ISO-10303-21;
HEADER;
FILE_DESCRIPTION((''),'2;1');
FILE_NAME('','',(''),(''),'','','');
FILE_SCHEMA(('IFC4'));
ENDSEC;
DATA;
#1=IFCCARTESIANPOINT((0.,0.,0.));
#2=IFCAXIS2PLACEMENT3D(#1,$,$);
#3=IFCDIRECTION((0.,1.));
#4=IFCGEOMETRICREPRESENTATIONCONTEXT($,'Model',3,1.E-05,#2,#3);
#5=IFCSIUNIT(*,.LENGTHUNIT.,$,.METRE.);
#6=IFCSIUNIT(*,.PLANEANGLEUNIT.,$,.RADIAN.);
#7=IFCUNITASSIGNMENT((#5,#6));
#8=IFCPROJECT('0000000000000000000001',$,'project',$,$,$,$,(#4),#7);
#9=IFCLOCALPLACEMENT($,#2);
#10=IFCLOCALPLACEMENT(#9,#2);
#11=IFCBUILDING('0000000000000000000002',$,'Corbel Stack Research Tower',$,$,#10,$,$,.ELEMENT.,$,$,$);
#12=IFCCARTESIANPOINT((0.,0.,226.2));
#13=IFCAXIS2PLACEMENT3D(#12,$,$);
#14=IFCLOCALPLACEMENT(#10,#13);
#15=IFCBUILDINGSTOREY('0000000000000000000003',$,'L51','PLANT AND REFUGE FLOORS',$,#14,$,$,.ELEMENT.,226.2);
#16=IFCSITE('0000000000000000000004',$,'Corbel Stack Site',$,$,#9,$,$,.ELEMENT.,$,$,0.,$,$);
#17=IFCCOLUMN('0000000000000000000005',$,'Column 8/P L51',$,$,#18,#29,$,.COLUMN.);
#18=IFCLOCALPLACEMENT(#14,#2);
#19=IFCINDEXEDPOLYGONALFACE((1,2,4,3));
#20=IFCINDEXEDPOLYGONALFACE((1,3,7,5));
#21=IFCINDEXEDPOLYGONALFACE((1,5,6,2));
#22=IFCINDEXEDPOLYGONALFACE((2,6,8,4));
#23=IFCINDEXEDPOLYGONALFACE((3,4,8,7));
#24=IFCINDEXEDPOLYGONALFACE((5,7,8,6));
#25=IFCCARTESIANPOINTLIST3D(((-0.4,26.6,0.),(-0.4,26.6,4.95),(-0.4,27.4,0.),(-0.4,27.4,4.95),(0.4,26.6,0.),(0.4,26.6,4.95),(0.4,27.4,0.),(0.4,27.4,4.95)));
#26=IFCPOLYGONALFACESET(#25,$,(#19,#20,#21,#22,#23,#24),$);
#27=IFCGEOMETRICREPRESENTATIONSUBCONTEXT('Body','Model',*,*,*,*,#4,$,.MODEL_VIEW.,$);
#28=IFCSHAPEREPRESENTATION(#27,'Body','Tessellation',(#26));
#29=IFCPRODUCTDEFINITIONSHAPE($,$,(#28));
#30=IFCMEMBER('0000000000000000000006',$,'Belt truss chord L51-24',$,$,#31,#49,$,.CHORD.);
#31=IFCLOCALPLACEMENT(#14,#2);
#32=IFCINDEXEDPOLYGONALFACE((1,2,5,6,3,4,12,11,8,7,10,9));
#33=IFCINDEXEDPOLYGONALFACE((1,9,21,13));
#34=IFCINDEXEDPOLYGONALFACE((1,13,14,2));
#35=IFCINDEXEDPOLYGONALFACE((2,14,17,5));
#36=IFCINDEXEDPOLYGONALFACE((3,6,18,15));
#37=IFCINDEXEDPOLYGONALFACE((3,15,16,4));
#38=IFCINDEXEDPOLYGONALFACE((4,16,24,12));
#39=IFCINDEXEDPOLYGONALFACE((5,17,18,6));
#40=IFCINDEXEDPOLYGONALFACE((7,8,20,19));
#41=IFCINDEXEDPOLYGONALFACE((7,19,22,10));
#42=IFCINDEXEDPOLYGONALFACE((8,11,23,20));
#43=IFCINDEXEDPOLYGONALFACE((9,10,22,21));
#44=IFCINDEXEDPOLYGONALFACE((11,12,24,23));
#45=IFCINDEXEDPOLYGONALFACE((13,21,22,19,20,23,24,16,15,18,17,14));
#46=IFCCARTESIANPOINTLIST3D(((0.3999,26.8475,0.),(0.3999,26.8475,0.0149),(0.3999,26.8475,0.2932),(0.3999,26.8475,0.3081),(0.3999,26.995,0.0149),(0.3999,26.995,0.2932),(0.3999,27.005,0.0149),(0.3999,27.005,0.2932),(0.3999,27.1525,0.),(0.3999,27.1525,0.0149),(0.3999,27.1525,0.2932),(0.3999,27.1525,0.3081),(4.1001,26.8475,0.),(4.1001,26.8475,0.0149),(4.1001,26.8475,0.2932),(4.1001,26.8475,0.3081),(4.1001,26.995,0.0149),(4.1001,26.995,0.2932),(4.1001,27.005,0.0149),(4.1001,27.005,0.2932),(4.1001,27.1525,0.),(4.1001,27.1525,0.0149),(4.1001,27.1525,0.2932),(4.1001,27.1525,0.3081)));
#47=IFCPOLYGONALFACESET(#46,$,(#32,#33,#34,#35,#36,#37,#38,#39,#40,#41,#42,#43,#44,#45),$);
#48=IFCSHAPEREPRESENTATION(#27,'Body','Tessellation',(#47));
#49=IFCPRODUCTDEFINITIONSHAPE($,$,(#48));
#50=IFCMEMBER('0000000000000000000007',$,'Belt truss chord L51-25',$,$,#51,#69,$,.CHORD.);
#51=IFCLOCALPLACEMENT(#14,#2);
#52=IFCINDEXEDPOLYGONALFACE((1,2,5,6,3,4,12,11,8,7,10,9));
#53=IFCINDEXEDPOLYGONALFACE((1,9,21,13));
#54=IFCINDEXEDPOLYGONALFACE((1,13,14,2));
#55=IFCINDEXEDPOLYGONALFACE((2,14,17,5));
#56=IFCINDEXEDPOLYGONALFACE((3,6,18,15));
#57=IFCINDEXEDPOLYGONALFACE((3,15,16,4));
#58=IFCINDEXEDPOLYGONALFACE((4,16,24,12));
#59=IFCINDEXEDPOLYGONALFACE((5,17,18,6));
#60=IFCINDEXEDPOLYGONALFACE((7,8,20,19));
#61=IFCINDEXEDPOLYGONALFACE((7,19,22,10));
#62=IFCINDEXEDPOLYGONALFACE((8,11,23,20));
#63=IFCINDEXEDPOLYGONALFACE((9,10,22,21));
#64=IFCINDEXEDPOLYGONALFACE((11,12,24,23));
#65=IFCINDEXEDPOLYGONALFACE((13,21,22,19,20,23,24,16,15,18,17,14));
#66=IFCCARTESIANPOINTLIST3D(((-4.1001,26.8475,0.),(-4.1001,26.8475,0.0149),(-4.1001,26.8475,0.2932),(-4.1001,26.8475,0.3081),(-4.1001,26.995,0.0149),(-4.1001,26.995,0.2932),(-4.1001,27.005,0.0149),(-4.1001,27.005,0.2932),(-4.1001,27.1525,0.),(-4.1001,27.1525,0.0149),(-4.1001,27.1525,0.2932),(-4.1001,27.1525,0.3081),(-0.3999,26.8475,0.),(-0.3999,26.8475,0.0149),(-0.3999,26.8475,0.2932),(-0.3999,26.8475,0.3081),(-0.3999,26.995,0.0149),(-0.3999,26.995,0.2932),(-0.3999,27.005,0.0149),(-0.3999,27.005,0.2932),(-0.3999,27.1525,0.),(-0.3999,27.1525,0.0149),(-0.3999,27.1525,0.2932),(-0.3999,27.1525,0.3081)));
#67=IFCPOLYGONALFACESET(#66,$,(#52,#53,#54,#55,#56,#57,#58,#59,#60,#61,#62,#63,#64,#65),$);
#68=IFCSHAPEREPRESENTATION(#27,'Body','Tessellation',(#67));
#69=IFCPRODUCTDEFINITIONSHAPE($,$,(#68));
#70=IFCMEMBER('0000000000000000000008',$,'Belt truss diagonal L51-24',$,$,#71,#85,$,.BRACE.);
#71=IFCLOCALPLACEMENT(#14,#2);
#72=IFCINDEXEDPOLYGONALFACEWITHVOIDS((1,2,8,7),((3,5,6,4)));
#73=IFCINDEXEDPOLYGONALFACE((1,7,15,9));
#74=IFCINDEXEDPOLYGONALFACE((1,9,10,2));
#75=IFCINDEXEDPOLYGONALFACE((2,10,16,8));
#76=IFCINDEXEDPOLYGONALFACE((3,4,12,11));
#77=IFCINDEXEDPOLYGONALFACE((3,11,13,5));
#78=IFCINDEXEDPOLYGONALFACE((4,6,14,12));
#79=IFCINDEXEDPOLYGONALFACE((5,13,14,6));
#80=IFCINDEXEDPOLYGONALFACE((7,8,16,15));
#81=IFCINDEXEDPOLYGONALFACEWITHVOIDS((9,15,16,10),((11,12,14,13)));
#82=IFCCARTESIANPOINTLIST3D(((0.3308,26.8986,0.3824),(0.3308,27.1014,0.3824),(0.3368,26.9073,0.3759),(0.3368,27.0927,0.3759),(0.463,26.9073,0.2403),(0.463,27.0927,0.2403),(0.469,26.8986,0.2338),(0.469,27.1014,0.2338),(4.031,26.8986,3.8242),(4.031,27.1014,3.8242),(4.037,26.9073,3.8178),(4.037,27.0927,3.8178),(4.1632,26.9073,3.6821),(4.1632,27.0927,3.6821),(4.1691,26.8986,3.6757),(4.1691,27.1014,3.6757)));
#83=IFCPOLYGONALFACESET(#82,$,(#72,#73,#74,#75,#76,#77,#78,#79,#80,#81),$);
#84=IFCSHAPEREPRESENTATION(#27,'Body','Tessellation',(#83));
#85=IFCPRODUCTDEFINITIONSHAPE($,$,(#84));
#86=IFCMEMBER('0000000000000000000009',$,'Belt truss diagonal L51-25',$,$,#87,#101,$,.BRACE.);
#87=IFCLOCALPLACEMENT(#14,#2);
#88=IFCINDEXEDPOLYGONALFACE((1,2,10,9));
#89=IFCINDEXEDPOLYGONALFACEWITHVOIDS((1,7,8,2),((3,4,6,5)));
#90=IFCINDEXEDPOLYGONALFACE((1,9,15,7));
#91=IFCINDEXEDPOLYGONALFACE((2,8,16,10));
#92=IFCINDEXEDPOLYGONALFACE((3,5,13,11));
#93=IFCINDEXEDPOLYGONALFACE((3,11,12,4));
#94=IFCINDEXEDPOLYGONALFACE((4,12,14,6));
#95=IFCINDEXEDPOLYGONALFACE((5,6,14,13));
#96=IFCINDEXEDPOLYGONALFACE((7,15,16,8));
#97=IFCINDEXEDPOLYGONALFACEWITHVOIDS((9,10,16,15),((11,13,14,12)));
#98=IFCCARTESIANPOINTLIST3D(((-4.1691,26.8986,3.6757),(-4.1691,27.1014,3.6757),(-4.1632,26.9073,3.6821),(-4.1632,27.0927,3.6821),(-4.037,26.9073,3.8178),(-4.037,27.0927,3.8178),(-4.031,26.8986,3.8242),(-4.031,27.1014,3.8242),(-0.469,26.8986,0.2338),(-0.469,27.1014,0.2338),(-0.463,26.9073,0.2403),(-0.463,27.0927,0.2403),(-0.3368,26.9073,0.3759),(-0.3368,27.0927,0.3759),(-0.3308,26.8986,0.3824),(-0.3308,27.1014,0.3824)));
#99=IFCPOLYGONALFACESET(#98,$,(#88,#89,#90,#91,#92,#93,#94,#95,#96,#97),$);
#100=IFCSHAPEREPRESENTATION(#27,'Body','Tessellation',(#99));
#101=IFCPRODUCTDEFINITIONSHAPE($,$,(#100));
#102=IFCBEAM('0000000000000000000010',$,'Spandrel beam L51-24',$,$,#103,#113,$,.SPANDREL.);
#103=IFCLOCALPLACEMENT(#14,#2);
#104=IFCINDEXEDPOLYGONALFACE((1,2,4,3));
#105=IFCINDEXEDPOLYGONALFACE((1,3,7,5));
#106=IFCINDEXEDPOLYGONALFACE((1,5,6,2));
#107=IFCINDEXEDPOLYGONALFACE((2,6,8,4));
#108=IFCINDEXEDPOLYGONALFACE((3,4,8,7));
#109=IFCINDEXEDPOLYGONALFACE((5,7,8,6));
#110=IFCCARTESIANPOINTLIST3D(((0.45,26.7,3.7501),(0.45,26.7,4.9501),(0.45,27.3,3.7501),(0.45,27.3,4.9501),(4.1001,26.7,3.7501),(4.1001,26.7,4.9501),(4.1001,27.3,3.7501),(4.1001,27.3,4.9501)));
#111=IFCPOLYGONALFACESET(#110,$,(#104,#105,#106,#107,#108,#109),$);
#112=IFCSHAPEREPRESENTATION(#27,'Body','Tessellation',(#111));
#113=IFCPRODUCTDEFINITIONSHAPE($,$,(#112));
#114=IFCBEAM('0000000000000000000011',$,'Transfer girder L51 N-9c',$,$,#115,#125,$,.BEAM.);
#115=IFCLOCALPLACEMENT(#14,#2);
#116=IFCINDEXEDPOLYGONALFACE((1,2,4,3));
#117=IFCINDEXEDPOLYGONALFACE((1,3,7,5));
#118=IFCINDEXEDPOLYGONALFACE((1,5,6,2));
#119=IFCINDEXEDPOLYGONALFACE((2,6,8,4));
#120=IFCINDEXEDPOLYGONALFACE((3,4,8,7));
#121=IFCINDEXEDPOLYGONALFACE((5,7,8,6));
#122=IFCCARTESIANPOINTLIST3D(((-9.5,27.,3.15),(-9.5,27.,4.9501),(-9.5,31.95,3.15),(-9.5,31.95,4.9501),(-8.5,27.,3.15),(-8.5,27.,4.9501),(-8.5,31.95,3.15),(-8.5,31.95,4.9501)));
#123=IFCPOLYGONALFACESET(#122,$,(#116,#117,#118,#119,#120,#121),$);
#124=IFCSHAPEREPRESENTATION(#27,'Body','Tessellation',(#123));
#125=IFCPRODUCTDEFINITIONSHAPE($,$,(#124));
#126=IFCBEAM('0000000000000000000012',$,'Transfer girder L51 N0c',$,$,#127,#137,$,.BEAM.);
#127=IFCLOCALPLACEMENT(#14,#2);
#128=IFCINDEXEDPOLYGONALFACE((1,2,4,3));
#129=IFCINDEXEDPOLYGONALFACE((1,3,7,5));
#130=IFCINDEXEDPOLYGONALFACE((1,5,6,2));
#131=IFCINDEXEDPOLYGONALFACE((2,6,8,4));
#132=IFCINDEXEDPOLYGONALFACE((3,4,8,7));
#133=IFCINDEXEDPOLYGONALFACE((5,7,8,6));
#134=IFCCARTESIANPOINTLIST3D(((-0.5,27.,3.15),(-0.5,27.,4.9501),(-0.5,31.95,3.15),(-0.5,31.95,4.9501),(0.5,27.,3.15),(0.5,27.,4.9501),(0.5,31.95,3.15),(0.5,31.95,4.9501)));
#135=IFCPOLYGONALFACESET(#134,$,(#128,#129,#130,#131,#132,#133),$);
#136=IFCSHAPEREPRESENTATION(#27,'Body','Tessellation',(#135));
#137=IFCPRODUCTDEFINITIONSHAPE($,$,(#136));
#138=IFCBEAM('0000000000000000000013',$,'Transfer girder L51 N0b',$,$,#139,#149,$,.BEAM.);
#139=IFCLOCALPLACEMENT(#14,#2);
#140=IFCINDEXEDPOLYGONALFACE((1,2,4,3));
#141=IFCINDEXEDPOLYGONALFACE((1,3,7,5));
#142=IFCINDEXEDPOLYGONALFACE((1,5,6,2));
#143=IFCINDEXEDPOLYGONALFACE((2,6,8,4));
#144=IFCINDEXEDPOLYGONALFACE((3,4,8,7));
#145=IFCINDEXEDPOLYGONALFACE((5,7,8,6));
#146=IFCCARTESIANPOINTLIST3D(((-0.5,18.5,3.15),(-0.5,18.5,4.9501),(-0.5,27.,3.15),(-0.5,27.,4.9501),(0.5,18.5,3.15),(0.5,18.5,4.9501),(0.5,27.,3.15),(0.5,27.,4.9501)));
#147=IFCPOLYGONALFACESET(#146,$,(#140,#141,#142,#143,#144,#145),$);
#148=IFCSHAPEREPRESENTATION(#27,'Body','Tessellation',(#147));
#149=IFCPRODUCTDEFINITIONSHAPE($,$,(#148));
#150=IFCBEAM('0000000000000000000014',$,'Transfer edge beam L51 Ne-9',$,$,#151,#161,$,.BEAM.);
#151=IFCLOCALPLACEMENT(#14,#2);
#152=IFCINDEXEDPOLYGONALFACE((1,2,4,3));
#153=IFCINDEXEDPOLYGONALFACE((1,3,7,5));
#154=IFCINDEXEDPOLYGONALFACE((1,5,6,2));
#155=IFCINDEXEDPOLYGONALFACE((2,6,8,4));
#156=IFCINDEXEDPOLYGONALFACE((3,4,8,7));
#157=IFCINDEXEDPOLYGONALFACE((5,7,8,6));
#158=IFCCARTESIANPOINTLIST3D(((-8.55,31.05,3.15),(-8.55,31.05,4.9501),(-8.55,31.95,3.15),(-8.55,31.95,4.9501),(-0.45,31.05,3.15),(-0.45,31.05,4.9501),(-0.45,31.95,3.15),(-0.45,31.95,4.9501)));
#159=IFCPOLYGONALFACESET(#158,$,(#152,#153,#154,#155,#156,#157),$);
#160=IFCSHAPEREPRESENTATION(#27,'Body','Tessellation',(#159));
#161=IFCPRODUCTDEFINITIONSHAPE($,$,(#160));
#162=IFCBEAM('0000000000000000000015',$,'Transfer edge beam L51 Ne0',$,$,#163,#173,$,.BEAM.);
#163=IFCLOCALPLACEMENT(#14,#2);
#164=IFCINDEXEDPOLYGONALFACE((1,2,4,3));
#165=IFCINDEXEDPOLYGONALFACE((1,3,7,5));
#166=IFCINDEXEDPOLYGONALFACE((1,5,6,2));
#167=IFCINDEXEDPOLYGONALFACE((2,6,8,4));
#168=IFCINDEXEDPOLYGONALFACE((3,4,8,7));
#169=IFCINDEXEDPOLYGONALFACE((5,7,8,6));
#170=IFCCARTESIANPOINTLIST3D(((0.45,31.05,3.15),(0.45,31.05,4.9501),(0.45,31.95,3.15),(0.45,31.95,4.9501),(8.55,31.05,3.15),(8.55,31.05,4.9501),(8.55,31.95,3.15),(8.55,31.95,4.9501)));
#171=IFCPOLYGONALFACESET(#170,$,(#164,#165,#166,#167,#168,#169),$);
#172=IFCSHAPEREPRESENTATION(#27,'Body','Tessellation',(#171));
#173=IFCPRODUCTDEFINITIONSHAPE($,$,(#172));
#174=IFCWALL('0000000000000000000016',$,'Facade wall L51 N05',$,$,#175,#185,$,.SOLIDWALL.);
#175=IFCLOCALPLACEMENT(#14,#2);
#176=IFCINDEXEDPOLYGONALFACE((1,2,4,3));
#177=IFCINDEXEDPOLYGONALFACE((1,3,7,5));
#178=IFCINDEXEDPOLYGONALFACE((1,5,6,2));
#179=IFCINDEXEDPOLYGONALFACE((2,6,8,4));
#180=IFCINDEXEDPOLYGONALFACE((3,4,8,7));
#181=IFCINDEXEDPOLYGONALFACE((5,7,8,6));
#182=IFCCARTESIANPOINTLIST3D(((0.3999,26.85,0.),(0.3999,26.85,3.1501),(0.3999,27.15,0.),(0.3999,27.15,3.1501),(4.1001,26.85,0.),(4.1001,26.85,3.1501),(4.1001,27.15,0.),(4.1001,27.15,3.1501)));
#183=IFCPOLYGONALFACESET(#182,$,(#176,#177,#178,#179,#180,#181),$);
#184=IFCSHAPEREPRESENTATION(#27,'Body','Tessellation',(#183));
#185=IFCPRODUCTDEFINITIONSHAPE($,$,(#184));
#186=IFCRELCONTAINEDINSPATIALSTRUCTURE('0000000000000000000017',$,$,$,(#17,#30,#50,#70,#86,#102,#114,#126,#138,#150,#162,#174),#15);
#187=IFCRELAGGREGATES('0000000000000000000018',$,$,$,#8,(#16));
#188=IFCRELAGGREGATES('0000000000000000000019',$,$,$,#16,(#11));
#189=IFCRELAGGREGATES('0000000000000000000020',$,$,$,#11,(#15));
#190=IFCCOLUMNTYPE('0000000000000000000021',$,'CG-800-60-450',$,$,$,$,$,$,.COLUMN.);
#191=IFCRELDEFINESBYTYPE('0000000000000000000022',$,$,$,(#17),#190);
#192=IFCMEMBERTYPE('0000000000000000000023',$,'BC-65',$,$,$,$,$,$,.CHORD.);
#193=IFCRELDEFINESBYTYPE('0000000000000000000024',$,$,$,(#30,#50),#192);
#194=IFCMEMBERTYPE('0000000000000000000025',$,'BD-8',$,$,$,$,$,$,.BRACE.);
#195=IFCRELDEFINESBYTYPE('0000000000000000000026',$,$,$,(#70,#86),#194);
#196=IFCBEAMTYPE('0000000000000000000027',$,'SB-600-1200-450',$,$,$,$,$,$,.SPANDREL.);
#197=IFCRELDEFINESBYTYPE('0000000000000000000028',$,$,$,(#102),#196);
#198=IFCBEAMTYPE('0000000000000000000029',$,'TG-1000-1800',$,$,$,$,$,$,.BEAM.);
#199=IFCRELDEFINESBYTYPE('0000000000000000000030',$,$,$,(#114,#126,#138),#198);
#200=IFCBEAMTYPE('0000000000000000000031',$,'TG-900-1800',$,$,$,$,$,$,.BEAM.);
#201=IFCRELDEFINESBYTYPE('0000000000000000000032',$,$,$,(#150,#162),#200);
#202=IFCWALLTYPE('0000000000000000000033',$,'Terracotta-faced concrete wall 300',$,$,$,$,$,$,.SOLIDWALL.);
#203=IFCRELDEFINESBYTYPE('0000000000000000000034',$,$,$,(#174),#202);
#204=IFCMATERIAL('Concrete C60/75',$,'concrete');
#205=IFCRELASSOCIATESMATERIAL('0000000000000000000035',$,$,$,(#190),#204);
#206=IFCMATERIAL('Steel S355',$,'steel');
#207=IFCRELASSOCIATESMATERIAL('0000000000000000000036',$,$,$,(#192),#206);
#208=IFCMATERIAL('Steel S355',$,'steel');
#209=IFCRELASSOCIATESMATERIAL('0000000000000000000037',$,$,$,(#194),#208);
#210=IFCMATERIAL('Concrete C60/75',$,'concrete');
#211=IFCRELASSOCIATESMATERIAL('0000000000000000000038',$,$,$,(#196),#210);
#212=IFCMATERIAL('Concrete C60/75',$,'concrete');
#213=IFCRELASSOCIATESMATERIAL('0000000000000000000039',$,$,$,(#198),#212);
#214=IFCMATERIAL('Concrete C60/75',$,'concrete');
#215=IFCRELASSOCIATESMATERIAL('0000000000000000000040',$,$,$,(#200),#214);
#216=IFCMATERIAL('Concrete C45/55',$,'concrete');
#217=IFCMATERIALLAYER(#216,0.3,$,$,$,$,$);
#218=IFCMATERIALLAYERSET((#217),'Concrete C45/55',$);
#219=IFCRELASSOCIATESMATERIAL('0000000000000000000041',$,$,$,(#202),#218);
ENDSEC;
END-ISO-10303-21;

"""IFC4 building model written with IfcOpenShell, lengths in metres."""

from ifc_helpers import new_model, si_unit, direction, frame, frame_2d, origin, origin_2d, place, context, subcontext, project, spatial, rectangle, hollow_rectangle, i_section, extrude, material, layer, layer_set, material_profile, profile_set, type_object, element, save


model = new_model("IFC4")

# Units and contexts
model_context = context("Model", 3, precision=1e-05, world=origin(), true_north=direction((0.0, 1.0)))
body_context = subcontext(model_context, "Body", "Model", "MODEL_VIEW")
ifc_project = project(units=[si_unit("LENGTHUNIT", "METRE"), si_unit("PLANEANGLEUNIT", "RADIAN")], contexts=[model_context])

# Site, building, storey
site_placement = place(None, origin())
site = spatial("IfcSite", under=ifc_project, at=site_placement, Name="Corbel Stack Site", CompositionType="ELEMENT", RefElevation=0.0)
building_placement = place(site_placement, origin())
building = spatial("IfcBuilding", under=site, at=building_placement, Name="Corbel Stack Research Tower", CompositionType="ELEMENT")
storey_placement = place(building_placement, frame((0.0, 0.0, 226.2)))
storey = spatial("IfcBuildingStorey", under=building, at=storey_placement, Name="L51", Description="PLANT AND REFUGE FLOORS", CompositionType="ELEMENT", Elevation=226.2)

# Column
ifc_material_1 = material(Name="Concrete C60/75", Category="concrete")
ifc_material_profile_1 = material_profile(ifc_material_1, rectangle(XDim=0.8, YDim=0.8, at=origin_2d()), Name="RC 800 x 800")
ifc_profile_set_1 = profile_set([ifc_material_profile_1], Name="Concrete C60/75")
column_type = type_object("IfcColumnType", Name="CG-800-60-450", PredefinedType="COLUMN", material=ifc_profile_set_1)
column_placement = place(storey_placement, frame((0.0, 27.0, 0.0), z_axis=(0.0, 0.0, 1.0), x_axis=(1.0, 0.0, 0.0)))
element("IfcColumn", 1, at=column_placement, inside=storey, type_object=column_type, Name="Column 8/P L51", PredefinedType="COLUMN", context=body_context, shape_type="SweptSolid", body=[
    extrude(rectangle(XDim=0.8, YDim=0.8, at=origin_2d()), origin(), (0.0, 0.0, 1.0), 4.95),
])

# Members
ifc_material_2 = material(Name="Steel S355", Category="steel")
ifc_material_profile_2 = material_profile(ifc_material_2, i_section(OverallWidth=0.3049, OverallDepth=0.3081, WebThickness=0.01, FlangeThickness=0.0149, at=origin_2d()), Name="W12x65")
ifc_profile_set_2 = profile_set([ifc_material_profile_2], Name="Steel S355")
member_type_1 = type_object("IfcMemberType", Name="BC-65", PredefinedType="CHORD", material=ifc_profile_set_2)
for number, where, z_axis, x_axis, name in (
    (2, (4.1001, 27.0, 0.1541), (-1.0, 0.0, 0.0), (0.0, -1.0, 0.0), "Belt truss chord L51-24"),
    (3, (-0.3999, 27.0, 0.1541), (-1.0, 0.0, 0.0), (0.0, -1.0, 0.0), "Belt truss chord L51-25"),
):
    element("IfcMember", number, at=place(storey_placement, frame(where, z_axis=z_axis, x_axis=x_axis)), inside=storey, type_object=member_type_1, Name=name, PredefinedType="CHORD", context=body_context, shape_type="SweptSolid", body=[
        extrude(i_section(OverallWidth=0.3049, OverallDepth=0.3081, WebThickness=0.01, FlangeThickness=0.0149, at=origin_2d()), origin(), (0.0, 0.0, 1.0), 3.7002),
    ])
ifc_material_3 = material(Name="Steel S355", Category="steel")
ifc_material_profile_3 = material_profile(ifc_material_3, hollow_rectangle(XDim=0.2029, YDim=0.2029, WallThickness=0.0088, at=origin_2d()), Name="HSS8x8x3/8")
ifc_profile_set_3 = profile_set([ifc_material_profile_3], Name="Steel S355")
member_type_2 = type_object("IfcMemberType", Name="BD-8", PredefinedType="BRACE", material=ifc_profile_set_3)
for number, where, z_axis, x_axis, name in (
    (4, (0.3999, 27.0, 0.3081), (0.732201, 0.0, 0.681088), (0.0, 1.0, 0.0), "Belt truss diagonal L51-24"),
    (5, (-0.3999, 27.0, 0.3081), (-0.732201, 0.0, 0.681088), (0.0, -1.0, 0.0), "Belt truss diagonal L51-25"),
):
    element("IfcMember", number, at=place(storey_placement, frame(where, z_axis=z_axis, x_axis=x_axis)), inside=storey, type_object=member_type_2, Name=name, PredefinedType="BRACE", context=body_context, shape_type="SweptSolid", body=[
        extrude(hollow_rectangle(XDim=0.2029, YDim=0.2029, WallThickness=0.0088, at=origin_2d()), origin(), (0.0, 0.0, 1.0), 5.0535),
    ])

# Beams
ifc_material_4 = material(Name="Concrete C60/75", Category="concrete")
ifc_material_profile_4 = material_profile(ifc_material_4, rectangle(XDim=0.6001, YDim=1.2, at=origin_2d()), Name="RC 600 x 1200")
ifc_profile_set_4 = profile_set([ifc_material_profile_4], Name="Concrete C60/75")
beam_type_1 = type_object("IfcBeamType", Name="SB-600-1200-450", PredefinedType="SPANDREL", material=ifc_profile_set_4)
beam_1_placement = place(storey_placement, frame((4.1001, 27.0, 4.3501), z_axis=(-1.0, 0.0, 0.0), x_axis=(0.0, -1.0, 0.0)))
element("IfcBeam", 6, at=beam_1_placement, inside=storey, type_object=beam_type_1, Name="Spandrel beam L51-24", PredefinedType="SPANDREL", context=body_context, shape_type="SweptSolid", body=[
    extrude(rectangle(XDim=0.6001, YDim=1.2, at=origin_2d()), origin(), (0.0, 0.0, 1.0), 3.6501),
])
ifc_material_5 = material(Name="Concrete C60/75", Category="concrete")
ifc_material_profile_5 = material_profile(ifc_material_5, rectangle(XDim=1.0, YDim=1.8, at=origin_2d()), Name="RC 1000 x 1800")
ifc_profile_set_5 = profile_set([ifc_material_profile_5], Name="Concrete C60/75")
beam_type_2 = type_object("IfcBeamType", Name="TG-1000-1800", PredefinedType="BEAM", material=ifc_profile_set_5)
for number, where, z_axis, x_axis, name in (
    (7, (-9.0, 31.95, 4.05), (0.0, -1.0, 0.0), (1.0, 0.0, 0.0), "Transfer girder L51 N-9c"),
    (8, (0.0, 31.95, 4.05), (0.0, -1.0, 0.0), (1.0, 0.0, 0.0), "Transfer girder L51 N0c"),
):
    element("IfcBeam", number, at=place(storey_placement, frame(where, z_axis=z_axis, x_axis=x_axis)), inside=storey, type_object=beam_type_2, Name=name, PredefinedType="BEAM", context=body_context, shape_type="SweptSolid", body=[
        extrude(rectangle(XDim=1.0, YDim=1.8, at=origin_2d()), origin(), (0.0, 0.0, 1.0), 4.95),
    ])
beam_2_placement = place(storey_placement, frame((0.0, 27.0, 4.05), z_axis=(0.0, -1.0, 0.0), x_axis=(1.0, 0.0, 0.0)))
element("IfcBeam", 9, at=beam_2_placement, inside=storey, type_object=beam_type_2, Name="Transfer girder L51 N0b", PredefinedType="BEAM", context=body_context, shape_type="SweptSolid", body=[
    extrude(rectangle(XDim=1.0, YDim=1.8, at=origin_2d()), origin(), (0.0, 0.0, 1.0), 8.5),
])
ifc_material_6 = material(Name="Concrete C60/75", Category="concrete")
ifc_material_profile_6 = material_profile(ifc_material_6, rectangle(XDim=0.8999, YDim=1.8, at=origin_2d()), Name="RC 900 x 1800")
ifc_profile_set_6 = profile_set([ifc_material_profile_6], Name="Concrete C60/75")
beam_type_3 = type_object("IfcBeamType", Name="TG-900-1800", PredefinedType="BEAM", material=ifc_profile_set_6)
for number, where, z_axis, x_axis, name in (
    (10, (-8.55, 31.5, 4.05), (1.0, 0.0, 0.0), (0.0, 1.0, 0.0), "Transfer edge beam L51 Ne-9"),
    (11, (0.45, 31.5, 4.05), (1.0, 0.0, 0.0), (0.0, 1.0, 0.0), "Transfer edge beam L51 Ne0"),
):
    element("IfcBeam", number, at=place(storey_placement, frame(where, z_axis=z_axis, x_axis=x_axis)), inside=storey, type_object=beam_type_3, Name=name, PredefinedType="BEAM", context=body_context, shape_type="SweptSolid", body=[
        extrude(rectangle(XDim=0.8999, YDim=1.8, at=origin_2d()), origin(), (0.0, 0.0, 1.0), 8.1001),
    ])

# Wall
ifc_material_7 = material(Name="Concrete C45/55", Category="concrete")
ifc_layer_1 = layer(ifc_material_7, 0.3)
ifc_layer_set_1 = layer_set([ifc_layer_1], Name="Concrete C45/55")
wall_type = type_object("IfcWallType", Name="Terracotta-faced concrete wall 300", PredefinedType="SOLIDWALL", material=ifc_layer_set_1)
wall_placement = place(storey_placement, frame((0.3999, 27.0, 0.0), z_axis=(0.0, 0.0, 1.0), x_axis=(1.0, 0.0, 0.0)))
element("IfcWall", 12, at=wall_placement, inside=storey, type_object=wall_type, Name="Facade wall L51 N05", PredefinedType="SOLIDWALL", context=body_context, shape_type="SweptSolid", body=[
    extrude(rectangle(XDim=3.7002, YDim=0.3, at=frame_2d((1.8501, 0.0))), origin(), (0.0, 0.0, 1.0), 3.1501),
])

save(model, "model.ifc")
